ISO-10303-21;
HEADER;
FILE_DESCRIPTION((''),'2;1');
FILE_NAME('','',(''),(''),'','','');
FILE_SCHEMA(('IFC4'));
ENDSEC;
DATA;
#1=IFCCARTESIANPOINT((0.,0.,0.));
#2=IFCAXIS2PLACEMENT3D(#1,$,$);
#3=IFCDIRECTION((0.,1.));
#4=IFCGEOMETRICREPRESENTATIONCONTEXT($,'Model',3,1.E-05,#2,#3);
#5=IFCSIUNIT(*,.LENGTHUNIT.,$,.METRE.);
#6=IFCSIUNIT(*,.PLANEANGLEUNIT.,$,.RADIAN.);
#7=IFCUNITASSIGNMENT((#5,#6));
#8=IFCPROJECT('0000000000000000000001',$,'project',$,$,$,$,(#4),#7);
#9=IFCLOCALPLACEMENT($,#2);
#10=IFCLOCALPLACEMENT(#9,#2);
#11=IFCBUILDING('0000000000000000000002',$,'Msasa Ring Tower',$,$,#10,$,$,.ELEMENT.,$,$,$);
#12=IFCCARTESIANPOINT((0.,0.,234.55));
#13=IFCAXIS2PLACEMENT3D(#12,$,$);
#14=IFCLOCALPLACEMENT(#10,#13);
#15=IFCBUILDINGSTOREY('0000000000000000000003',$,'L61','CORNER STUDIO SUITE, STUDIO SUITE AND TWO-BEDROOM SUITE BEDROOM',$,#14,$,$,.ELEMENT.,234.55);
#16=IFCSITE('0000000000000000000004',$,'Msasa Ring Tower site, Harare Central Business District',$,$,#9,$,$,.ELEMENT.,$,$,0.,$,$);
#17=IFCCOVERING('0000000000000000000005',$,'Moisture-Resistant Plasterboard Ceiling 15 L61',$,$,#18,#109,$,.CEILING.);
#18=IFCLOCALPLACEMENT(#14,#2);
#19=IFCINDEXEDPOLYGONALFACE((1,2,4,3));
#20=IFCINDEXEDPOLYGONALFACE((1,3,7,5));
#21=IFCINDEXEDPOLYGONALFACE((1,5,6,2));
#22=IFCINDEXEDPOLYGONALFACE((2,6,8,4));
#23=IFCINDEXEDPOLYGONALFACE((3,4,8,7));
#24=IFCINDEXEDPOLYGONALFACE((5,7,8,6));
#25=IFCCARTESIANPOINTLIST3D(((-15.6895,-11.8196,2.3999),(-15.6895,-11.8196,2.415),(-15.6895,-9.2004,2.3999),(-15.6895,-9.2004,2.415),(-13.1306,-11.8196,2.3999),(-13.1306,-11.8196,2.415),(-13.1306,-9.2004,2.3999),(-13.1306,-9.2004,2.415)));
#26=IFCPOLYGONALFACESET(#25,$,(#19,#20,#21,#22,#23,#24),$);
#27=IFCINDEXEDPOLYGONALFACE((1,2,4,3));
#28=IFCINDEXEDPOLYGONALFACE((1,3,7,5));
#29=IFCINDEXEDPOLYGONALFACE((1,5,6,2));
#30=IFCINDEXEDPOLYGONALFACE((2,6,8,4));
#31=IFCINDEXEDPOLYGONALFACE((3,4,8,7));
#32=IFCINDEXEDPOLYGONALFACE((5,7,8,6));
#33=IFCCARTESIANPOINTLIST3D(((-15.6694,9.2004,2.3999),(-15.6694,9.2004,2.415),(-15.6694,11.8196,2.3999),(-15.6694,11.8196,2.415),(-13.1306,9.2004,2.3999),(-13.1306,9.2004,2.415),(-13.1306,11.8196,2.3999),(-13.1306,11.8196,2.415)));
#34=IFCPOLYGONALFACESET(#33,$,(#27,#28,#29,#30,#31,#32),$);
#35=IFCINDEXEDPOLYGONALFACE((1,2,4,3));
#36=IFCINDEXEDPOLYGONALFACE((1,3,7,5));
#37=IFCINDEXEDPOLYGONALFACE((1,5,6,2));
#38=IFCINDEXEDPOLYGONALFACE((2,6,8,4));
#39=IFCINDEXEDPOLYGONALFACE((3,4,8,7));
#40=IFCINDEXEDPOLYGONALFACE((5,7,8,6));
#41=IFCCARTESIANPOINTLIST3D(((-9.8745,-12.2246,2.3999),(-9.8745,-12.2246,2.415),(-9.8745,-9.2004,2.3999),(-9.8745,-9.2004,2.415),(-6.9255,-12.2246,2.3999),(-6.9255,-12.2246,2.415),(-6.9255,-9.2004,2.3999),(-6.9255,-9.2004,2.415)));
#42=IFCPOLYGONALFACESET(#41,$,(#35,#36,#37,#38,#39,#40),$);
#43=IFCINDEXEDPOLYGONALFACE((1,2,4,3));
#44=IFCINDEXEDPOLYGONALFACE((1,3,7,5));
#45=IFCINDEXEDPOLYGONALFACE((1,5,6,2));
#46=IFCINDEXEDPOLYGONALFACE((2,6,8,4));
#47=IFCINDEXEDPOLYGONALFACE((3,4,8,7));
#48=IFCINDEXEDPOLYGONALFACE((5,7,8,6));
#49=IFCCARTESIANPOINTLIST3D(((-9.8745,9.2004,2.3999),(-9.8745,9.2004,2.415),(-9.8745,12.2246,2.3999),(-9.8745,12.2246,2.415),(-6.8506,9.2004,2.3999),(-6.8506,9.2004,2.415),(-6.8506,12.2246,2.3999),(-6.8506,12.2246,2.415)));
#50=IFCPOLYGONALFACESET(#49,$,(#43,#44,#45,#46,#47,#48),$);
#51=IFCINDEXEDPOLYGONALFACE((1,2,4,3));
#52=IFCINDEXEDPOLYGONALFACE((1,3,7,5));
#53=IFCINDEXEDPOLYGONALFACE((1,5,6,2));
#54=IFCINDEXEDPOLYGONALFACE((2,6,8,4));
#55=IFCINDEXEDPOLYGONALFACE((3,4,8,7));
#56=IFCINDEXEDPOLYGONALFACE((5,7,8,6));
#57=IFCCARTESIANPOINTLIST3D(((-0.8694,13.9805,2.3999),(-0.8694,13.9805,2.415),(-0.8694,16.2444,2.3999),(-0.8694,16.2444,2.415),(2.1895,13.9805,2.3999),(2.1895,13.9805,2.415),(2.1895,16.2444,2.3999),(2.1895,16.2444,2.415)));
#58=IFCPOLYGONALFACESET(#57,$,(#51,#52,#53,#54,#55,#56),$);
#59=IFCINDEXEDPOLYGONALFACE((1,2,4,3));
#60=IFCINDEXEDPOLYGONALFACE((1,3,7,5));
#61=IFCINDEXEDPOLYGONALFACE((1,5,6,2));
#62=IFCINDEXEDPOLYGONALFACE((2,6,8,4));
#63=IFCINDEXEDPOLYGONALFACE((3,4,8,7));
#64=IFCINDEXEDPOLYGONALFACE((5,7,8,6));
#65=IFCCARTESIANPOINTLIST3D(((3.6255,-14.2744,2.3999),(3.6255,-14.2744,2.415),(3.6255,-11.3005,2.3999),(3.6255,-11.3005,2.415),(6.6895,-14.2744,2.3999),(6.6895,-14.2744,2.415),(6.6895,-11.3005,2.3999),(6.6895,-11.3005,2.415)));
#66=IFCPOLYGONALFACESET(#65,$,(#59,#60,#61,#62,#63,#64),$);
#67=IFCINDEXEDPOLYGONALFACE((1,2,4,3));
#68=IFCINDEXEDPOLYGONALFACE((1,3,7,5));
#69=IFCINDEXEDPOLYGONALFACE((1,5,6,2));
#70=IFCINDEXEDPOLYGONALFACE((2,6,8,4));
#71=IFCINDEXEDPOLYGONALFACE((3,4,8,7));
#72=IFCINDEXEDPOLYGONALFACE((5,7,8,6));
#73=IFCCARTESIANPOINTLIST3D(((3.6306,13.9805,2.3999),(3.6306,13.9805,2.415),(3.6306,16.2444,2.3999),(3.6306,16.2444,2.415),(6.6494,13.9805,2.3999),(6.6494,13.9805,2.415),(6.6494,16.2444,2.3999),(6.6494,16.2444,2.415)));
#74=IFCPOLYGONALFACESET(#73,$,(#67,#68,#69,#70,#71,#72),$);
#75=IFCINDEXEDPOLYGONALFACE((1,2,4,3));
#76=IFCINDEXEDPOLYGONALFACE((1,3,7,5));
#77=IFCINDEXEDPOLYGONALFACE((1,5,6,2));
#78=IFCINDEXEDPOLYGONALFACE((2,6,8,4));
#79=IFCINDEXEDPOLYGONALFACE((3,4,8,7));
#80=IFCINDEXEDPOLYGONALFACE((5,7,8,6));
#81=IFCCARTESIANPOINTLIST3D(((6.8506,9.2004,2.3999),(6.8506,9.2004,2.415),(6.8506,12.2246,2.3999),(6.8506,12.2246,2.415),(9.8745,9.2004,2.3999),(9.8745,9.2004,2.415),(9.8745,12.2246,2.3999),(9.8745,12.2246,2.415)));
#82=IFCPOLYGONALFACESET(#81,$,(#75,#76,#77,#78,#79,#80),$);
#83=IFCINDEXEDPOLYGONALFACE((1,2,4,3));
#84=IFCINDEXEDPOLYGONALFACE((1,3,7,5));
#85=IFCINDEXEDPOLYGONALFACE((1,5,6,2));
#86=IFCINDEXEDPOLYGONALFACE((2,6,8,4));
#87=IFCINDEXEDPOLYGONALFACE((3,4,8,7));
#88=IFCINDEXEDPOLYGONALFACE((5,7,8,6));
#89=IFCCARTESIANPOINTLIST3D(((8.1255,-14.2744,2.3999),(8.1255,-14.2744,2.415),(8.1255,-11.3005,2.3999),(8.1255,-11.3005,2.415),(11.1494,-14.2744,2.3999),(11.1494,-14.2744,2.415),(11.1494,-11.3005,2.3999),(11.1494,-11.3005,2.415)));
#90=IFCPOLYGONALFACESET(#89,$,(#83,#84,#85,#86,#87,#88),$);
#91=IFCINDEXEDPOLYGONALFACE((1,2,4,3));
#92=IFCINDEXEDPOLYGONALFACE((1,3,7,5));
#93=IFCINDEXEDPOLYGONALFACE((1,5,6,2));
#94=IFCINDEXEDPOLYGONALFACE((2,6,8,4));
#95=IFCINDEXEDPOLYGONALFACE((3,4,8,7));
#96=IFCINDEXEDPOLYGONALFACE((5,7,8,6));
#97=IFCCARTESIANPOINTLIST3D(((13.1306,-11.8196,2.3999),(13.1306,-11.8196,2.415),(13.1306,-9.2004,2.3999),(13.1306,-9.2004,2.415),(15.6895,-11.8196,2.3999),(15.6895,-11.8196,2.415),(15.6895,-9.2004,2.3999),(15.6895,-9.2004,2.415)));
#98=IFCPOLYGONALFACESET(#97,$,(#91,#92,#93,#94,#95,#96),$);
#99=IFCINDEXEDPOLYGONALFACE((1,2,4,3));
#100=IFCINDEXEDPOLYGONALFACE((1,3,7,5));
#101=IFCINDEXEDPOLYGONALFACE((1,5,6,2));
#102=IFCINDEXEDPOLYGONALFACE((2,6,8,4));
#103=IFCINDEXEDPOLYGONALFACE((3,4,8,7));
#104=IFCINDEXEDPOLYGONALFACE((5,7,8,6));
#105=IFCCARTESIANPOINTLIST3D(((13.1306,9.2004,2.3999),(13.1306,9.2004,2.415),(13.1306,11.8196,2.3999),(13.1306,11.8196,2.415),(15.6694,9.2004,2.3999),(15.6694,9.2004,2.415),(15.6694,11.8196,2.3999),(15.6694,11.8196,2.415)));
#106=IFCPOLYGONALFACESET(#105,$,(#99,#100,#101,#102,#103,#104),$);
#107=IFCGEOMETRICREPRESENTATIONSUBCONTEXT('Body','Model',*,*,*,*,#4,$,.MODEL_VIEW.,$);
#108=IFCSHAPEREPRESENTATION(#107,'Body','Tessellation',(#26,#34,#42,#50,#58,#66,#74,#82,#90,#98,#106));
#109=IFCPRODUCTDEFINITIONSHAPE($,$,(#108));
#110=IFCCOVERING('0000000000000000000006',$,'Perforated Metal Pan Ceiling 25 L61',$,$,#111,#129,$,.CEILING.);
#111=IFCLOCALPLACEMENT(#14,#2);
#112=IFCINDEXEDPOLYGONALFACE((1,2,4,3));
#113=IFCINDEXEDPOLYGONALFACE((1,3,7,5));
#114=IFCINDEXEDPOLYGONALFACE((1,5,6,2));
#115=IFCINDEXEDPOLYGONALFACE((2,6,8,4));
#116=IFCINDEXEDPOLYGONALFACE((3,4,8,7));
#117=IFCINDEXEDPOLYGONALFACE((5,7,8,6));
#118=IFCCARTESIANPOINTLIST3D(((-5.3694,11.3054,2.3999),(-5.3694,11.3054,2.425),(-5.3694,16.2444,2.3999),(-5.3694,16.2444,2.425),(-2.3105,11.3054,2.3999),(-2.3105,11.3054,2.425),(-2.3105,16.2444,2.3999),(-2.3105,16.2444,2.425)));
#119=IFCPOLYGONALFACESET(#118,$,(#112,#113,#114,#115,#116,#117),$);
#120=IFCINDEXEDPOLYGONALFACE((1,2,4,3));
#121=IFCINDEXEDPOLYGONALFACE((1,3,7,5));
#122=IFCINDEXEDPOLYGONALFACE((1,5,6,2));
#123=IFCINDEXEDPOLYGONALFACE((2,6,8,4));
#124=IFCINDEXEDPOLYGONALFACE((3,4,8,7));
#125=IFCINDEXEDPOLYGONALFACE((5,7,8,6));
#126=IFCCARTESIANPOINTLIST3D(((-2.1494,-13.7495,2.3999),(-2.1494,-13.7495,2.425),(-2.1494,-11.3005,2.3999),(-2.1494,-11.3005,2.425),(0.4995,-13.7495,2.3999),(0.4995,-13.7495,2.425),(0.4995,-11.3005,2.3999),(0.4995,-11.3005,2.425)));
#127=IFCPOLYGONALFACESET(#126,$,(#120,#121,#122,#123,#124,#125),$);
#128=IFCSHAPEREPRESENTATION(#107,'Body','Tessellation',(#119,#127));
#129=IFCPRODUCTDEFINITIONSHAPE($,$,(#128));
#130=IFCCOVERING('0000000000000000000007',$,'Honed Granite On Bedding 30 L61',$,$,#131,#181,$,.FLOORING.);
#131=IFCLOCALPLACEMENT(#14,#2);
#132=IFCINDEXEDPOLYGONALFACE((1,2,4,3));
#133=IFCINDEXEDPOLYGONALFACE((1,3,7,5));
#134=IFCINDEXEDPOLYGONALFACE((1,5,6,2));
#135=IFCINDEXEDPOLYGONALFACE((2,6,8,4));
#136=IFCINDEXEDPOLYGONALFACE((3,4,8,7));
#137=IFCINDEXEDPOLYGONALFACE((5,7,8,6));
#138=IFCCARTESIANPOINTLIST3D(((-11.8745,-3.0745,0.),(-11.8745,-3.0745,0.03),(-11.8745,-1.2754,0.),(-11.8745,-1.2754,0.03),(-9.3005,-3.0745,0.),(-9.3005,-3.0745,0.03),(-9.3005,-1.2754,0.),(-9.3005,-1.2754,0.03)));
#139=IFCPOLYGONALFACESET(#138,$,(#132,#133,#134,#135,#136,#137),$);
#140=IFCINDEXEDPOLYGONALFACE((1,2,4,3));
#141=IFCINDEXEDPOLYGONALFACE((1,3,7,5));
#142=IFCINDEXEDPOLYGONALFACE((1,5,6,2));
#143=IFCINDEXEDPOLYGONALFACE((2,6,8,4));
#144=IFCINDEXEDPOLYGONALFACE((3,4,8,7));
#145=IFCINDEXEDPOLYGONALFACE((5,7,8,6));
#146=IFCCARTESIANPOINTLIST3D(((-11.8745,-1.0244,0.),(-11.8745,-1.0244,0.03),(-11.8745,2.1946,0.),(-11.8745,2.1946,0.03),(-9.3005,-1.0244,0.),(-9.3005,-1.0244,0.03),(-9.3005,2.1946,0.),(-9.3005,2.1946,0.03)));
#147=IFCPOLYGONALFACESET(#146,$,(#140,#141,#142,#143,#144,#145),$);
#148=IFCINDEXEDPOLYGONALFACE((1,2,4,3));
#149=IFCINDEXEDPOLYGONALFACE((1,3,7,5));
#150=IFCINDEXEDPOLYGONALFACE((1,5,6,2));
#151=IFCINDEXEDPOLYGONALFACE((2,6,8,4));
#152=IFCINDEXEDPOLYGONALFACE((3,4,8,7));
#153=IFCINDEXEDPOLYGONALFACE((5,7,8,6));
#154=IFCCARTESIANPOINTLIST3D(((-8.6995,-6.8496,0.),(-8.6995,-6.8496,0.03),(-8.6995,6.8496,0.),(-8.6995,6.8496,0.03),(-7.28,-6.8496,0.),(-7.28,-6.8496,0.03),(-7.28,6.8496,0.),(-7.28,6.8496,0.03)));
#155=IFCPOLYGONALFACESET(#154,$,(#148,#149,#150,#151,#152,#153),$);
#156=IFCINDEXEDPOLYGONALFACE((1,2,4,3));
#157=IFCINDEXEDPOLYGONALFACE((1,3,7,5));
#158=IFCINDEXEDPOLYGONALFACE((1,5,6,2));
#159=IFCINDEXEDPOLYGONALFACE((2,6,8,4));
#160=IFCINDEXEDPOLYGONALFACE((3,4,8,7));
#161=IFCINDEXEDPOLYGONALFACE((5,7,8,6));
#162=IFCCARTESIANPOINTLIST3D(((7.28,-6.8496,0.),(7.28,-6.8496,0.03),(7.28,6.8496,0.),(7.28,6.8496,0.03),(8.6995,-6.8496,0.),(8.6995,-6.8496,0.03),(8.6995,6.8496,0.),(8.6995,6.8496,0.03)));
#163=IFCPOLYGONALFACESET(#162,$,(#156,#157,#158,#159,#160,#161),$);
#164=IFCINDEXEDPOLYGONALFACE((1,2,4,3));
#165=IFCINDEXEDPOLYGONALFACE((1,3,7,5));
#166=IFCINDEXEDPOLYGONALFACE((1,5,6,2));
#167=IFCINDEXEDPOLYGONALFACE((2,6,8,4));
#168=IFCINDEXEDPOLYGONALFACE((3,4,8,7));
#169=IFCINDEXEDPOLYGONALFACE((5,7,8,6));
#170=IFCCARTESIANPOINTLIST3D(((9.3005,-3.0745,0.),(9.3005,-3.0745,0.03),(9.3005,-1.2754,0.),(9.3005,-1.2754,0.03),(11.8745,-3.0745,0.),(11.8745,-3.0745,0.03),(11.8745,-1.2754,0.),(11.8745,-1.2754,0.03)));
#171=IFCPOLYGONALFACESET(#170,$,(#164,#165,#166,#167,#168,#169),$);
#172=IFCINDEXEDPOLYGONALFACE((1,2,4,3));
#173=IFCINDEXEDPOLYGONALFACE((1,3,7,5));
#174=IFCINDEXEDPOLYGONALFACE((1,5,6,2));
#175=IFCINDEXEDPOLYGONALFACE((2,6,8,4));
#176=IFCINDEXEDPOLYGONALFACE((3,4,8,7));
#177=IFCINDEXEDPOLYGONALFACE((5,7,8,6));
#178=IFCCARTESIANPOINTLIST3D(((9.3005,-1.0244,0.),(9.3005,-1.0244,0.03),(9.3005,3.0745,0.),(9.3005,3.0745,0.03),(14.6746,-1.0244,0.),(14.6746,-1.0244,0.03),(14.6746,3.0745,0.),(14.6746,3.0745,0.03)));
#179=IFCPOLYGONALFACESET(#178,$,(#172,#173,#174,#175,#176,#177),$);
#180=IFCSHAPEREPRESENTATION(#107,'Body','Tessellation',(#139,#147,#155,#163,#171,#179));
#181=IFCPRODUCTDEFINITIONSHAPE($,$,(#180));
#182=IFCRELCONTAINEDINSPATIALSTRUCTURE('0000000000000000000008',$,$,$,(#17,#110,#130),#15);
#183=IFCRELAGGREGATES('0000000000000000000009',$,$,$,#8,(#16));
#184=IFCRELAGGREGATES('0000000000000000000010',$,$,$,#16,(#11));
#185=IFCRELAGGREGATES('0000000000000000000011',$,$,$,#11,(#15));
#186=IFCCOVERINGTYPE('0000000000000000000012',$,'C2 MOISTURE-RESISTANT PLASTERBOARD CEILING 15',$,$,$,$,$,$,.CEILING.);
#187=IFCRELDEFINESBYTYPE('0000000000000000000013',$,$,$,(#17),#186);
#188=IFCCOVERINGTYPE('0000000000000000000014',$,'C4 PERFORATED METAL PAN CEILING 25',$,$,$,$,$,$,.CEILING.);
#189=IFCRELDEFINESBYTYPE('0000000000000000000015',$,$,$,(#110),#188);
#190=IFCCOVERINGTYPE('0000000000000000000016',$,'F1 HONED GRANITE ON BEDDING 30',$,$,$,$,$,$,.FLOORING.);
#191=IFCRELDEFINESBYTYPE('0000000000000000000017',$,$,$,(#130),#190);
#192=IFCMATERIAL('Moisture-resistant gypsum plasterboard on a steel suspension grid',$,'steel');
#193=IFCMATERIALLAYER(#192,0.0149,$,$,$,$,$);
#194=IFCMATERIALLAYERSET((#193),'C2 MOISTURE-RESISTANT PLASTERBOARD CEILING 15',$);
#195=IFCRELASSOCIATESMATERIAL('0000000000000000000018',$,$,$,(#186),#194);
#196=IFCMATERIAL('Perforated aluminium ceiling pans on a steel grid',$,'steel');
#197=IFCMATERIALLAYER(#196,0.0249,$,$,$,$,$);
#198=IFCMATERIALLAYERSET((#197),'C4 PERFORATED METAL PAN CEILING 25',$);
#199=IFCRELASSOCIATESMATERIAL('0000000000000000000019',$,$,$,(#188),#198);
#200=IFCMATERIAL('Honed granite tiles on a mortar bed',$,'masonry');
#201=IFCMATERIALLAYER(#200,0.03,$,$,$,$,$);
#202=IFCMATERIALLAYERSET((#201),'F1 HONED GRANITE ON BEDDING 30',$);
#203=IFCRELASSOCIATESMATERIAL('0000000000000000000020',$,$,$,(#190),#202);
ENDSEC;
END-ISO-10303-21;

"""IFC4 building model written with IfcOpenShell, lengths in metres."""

from ifc_helpers import new_model, si_unit, direction, frame, origin, place, context, subcontext, project, spatial, line, indexed_curve, outline, extrude, material, layer, layer_set, type_object, element, save


model = new_model("IFC4")

# Units and contexts
model_context = context("Model", 3, precision=1e-05, world=origin(), true_north=direction((0.0, 1.0)))
body_context = subcontext(model_context, "Body", "Model", "MODEL_VIEW")
ifc_project = project(units=[si_unit("LENGTHUNIT", "METRE"), si_unit("PLANEANGLEUNIT", "RADIAN")], contexts=[model_context])

# Site, building, storey
site_placement = place(None, origin())
site = spatial("IfcSite", under=ifc_project, at=site_placement, Name="Msasa Ring Tower site, Harare Central Business District", CompositionType="ELEMENT", RefElevation=0.0)
building_placement = place(site_placement, origin())
building = spatial("IfcBuilding", under=site, at=building_placement, Name="Msasa Ring Tower", CompositionType="ELEMENT")
storey_placement = place(building_placement, frame((0.0, 0.0, 234.55)))
storey = spatial("IfcBuildingStorey", under=building, at=storey_placement, Name="L61", Description="CORNER STUDIO SUITE, STUDIO SUITE AND TWO-BEDROOM SUITE BEDROOM", CompositionType="ELEMENT", Elevation=234.55)

# Coverings
ifc_material_1 = material(Name="Moisture-resistant gypsum plasterboard on a steel suspension grid", Category="steel")
ifc_layer_1 = layer(ifc_material_1, 0.0149)
ifc_layer_set_1 = layer_set([ifc_layer_1], Name="C2 MOISTURE-RESISTANT PLASTERBOARD CEILING 15")
covering_type_1 = type_object("IfcCoveringType", Name="C2 MOISTURE-RESISTANT PLASTERBOARD CEILING 15", PredefinedType="CEILING", material=ifc_layer_set_1)
covering_1_placement = place(storey_placement, frame((0.0, 0.0, 2.3999)))
element("IfcCovering", 1, at=covering_1_placement, inside=storey, type_object=covering_type_1, Name="Moisture-Resistant Plasterboard Ceiling 15 L61", PredefinedType="CEILING", context=body_context, shape_type="SweptSolid", body=[
    extrude(outline(indexed_curve([(-15.6895, -11.8196), (-15.6895, -9.2004), (-13.1306, -9.2004), (-13.1306, -11.8196)], segments=[line(1, 2, 3, 4, 1)], self_intersect=False)), origin(), (0.0, 0.0, 1.0), 0.0151),
    extrude(outline(indexed_curve([(-15.6694, 11.8196), (-13.1306, 11.8196), (-13.1306, 9.2004), (-15.6694, 9.2004)], segments=[line(1, 2, 3, 4, 1)], self_intersect=False)), origin(), (0.0, 0.0, 1.0), 0.0151),
    extrude(outline(indexed_curve([(-6.9255, -9.2004), (-6.9255, -12.2246), (-9.8745, -12.2246), (-9.8745, -9.2004)], segments=[line(1, 2, 3, 4, 1)], self_intersect=False)), origin(), (0.0, 0.0, 1.0), 0.0151),
    extrude(outline(indexed_curve([(-9.8745, 9.2004), (-9.8745, 12.2246), (-6.8506, 12.2246), (-6.8506, 9.2004)], segments=[line(1, 2, 3, 4, 1)], self_intersect=False)), origin(), (0.0, 0.0, 1.0), 0.0151),
    extrude(outline(indexed_curve([(-0.8694, 13.9805), (-0.8694, 16.2444), (2.1895, 16.2444), (2.1895, 13.9805)], segments=[line(1, 2, 3, 4, 1)], self_intersect=False)), origin(), (0.0, 0.0, 1.0), 0.0151),
    extrude(outline(indexed_curve([(6.6895, -11.3005), (6.6895, -14.2744), (3.6255, -14.2744), (3.6255, -11.3005)], segments=[line(1, 2, 3, 4, 1)], self_intersect=False)), origin(), (0.0, 0.0, 1.0), 0.0151),
    extrude(outline(indexed_curve([(3.6306, 16.2444), (6.6494, 16.2444), (6.6494, 13.9805), (3.6306, 13.9805)], segments=[line(1, 2, 3, 4, 1)], self_intersect=False)), origin(), (0.0, 0.0, 1.0), 0.0151),
    extrude(outline(indexed_curve([(6.8506, 9.2004), (6.8506, 12.2246), (9.8745, 12.2246), (9.8745, 9.2004)], segments=[line(1, 2, 3, 4, 1)], self_intersect=False)), origin(), (0.0, 0.0, 1.0), 0.0151),
    extrude(outline(indexed_curve([(11.1494, -11.3005), (11.1494, -14.2744), (8.1255, -14.2744), (8.1255, -11.3005)], segments=[line(1, 2, 3, 4, 1)], self_intersect=False)), origin(), (0.0, 0.0, 1.0), 0.0151),
    extrude(outline(indexed_curve([(13.1306, -9.2004), (15.6895, -9.2004), (15.6895, -11.8196), (13.1306, -11.8196)], segments=[line(1, 2, 3, 4, 1)], self_intersect=False)), origin(), (0.0, 0.0, 1.0), 0.0151),
    extrude(outline(indexed_curve([(13.1306, 9.2004), (13.1306, 11.8196), (15.6694, 11.8196), (15.6694, 9.2004)], segments=[line(1, 2, 3, 4, 1)], self_intersect=False)), origin(), (0.0, 0.0, 1.0), 0.0151),
])
ifc_material_2 = material(Name="Perforated aluminium ceiling pans on a steel grid", Category="steel")
ifc_layer_2 = layer(ifc_material_2, 0.0249)
ifc_layer_set_2 = layer_set([ifc_layer_2], Name="C4 PERFORATED METAL PAN CEILING 25")
covering_type_2 = type_object("IfcCoveringType", Name="C4 PERFORATED METAL PAN CEILING 25", PredefinedType="CEILING", material=ifc_layer_set_2)
covering_2_placement = place(storey_placement, frame((0.0, 0.0, 2.3999)))
element("IfcCovering", 2, at=covering_2_placement, inside=storey, type_object=covering_type_2, Name="Perforated Metal Pan Ceiling 25 L61", PredefinedType="CEILING", context=body_context, shape_type="SweptSolid", body=[
    extrude(outline(indexed_curve([(-2.3105, 16.2444), (-2.3105, 11.3054), (-5.3694, 11.3054), (-5.3694, 16.2444)], segments=[line(1, 2, 3, 4, 1)], self_intersect=False)), origin(), (0.0, 0.0, 1.0), 0.0251),
    extrude(outline(indexed_curve([(0.4995, -11.3005), (0.4995, -13.7495), (-2.1494, -13.7495), (-2.1494, -11.3005)], segments=[line(1, 2, 3, 4, 1)], self_intersect=False)), origin(), (0.0, 0.0, 1.0), 0.0251),
])
ifc_material_3 = material(Name="Honed granite tiles on a mortar bed", Category="masonry")
ifc_layer_3 = layer(ifc_material_3, 0.03)
ifc_layer_set_3 = layer_set([ifc_layer_3], Name="F1 HONED GRANITE ON BEDDING 30")
covering_type_3 = type_object("IfcCoveringType", Name="F1 HONED GRANITE ON BEDDING 30", PredefinedType="FLOORING", material=ifc_layer_set_3)
covering_3_placement = place(storey_placement, origin())
element("IfcCovering", 3, at=covering_3_placement, inside=storey, type_object=covering_type_3, Name="Honed Granite On Bedding 30 L61", PredefinedType="FLOORING", context=body_context, shape_type="SweptSolid", body=[
    extrude(outline(indexed_curve([(-11.8745, -3.0745), (-11.8745, -1.2754), (-9.3005, -1.2754), (-9.3005, -3.0745)], segments=[line(1, 2, 3, 4, 1)], self_intersect=False)), origin(), (0.0, 0.0, 1.0), 0.03),
    extrude(outline(indexed_curve([(-11.8745, 2.1946), (-9.3005, 2.1946), (-9.3005, -1.0244), (-11.8745, -1.0244)], segments=[line(1, 2, 3, 4, 1)], self_intersect=False)), origin(), (0.0, 0.0, 1.0), 0.03),
    extrude(outline(indexed_curve([(-8.6995, 6.8496), (-7.28, 6.8496), (-7.28, -6.8496), (-8.6995, -6.8496)], segments=[line(1, 2, 3, 4, 1)], self_intersect=False)), origin(), (0.0, 0.0, 1.0), 0.03),
    extrude(outline(indexed_curve([(7.28, -6.8496), (7.28, 6.8496), (8.6995, 6.8496), (8.6995, -6.8496)], segments=[line(1, 2, 3, 4, 1)], self_intersect=False)), origin(), (0.0, 0.0, 1.0), 0.03),
    extrude(outline(indexed_curve([(9.3005, -1.2754), (11.8745, -1.2754), (11.8745, -3.0745), (9.3005, -3.0745)], segments=[line(1, 2, 3, 4, 1)], self_intersect=False)), origin(), (0.0, 0.0, 1.0), 0.03),
    extrude(outline(indexed_curve([(9.3005, 3.0745), (14.6746, 3.0745), (14.6746, -1.0244), (9.3005, -1.0244)], segments=[line(1, 2, 3, 4, 1)], self_intersect=False)), origin(), (0.0, 0.0, 1.0), 0.03),
])

save(model, "model.ifc")
